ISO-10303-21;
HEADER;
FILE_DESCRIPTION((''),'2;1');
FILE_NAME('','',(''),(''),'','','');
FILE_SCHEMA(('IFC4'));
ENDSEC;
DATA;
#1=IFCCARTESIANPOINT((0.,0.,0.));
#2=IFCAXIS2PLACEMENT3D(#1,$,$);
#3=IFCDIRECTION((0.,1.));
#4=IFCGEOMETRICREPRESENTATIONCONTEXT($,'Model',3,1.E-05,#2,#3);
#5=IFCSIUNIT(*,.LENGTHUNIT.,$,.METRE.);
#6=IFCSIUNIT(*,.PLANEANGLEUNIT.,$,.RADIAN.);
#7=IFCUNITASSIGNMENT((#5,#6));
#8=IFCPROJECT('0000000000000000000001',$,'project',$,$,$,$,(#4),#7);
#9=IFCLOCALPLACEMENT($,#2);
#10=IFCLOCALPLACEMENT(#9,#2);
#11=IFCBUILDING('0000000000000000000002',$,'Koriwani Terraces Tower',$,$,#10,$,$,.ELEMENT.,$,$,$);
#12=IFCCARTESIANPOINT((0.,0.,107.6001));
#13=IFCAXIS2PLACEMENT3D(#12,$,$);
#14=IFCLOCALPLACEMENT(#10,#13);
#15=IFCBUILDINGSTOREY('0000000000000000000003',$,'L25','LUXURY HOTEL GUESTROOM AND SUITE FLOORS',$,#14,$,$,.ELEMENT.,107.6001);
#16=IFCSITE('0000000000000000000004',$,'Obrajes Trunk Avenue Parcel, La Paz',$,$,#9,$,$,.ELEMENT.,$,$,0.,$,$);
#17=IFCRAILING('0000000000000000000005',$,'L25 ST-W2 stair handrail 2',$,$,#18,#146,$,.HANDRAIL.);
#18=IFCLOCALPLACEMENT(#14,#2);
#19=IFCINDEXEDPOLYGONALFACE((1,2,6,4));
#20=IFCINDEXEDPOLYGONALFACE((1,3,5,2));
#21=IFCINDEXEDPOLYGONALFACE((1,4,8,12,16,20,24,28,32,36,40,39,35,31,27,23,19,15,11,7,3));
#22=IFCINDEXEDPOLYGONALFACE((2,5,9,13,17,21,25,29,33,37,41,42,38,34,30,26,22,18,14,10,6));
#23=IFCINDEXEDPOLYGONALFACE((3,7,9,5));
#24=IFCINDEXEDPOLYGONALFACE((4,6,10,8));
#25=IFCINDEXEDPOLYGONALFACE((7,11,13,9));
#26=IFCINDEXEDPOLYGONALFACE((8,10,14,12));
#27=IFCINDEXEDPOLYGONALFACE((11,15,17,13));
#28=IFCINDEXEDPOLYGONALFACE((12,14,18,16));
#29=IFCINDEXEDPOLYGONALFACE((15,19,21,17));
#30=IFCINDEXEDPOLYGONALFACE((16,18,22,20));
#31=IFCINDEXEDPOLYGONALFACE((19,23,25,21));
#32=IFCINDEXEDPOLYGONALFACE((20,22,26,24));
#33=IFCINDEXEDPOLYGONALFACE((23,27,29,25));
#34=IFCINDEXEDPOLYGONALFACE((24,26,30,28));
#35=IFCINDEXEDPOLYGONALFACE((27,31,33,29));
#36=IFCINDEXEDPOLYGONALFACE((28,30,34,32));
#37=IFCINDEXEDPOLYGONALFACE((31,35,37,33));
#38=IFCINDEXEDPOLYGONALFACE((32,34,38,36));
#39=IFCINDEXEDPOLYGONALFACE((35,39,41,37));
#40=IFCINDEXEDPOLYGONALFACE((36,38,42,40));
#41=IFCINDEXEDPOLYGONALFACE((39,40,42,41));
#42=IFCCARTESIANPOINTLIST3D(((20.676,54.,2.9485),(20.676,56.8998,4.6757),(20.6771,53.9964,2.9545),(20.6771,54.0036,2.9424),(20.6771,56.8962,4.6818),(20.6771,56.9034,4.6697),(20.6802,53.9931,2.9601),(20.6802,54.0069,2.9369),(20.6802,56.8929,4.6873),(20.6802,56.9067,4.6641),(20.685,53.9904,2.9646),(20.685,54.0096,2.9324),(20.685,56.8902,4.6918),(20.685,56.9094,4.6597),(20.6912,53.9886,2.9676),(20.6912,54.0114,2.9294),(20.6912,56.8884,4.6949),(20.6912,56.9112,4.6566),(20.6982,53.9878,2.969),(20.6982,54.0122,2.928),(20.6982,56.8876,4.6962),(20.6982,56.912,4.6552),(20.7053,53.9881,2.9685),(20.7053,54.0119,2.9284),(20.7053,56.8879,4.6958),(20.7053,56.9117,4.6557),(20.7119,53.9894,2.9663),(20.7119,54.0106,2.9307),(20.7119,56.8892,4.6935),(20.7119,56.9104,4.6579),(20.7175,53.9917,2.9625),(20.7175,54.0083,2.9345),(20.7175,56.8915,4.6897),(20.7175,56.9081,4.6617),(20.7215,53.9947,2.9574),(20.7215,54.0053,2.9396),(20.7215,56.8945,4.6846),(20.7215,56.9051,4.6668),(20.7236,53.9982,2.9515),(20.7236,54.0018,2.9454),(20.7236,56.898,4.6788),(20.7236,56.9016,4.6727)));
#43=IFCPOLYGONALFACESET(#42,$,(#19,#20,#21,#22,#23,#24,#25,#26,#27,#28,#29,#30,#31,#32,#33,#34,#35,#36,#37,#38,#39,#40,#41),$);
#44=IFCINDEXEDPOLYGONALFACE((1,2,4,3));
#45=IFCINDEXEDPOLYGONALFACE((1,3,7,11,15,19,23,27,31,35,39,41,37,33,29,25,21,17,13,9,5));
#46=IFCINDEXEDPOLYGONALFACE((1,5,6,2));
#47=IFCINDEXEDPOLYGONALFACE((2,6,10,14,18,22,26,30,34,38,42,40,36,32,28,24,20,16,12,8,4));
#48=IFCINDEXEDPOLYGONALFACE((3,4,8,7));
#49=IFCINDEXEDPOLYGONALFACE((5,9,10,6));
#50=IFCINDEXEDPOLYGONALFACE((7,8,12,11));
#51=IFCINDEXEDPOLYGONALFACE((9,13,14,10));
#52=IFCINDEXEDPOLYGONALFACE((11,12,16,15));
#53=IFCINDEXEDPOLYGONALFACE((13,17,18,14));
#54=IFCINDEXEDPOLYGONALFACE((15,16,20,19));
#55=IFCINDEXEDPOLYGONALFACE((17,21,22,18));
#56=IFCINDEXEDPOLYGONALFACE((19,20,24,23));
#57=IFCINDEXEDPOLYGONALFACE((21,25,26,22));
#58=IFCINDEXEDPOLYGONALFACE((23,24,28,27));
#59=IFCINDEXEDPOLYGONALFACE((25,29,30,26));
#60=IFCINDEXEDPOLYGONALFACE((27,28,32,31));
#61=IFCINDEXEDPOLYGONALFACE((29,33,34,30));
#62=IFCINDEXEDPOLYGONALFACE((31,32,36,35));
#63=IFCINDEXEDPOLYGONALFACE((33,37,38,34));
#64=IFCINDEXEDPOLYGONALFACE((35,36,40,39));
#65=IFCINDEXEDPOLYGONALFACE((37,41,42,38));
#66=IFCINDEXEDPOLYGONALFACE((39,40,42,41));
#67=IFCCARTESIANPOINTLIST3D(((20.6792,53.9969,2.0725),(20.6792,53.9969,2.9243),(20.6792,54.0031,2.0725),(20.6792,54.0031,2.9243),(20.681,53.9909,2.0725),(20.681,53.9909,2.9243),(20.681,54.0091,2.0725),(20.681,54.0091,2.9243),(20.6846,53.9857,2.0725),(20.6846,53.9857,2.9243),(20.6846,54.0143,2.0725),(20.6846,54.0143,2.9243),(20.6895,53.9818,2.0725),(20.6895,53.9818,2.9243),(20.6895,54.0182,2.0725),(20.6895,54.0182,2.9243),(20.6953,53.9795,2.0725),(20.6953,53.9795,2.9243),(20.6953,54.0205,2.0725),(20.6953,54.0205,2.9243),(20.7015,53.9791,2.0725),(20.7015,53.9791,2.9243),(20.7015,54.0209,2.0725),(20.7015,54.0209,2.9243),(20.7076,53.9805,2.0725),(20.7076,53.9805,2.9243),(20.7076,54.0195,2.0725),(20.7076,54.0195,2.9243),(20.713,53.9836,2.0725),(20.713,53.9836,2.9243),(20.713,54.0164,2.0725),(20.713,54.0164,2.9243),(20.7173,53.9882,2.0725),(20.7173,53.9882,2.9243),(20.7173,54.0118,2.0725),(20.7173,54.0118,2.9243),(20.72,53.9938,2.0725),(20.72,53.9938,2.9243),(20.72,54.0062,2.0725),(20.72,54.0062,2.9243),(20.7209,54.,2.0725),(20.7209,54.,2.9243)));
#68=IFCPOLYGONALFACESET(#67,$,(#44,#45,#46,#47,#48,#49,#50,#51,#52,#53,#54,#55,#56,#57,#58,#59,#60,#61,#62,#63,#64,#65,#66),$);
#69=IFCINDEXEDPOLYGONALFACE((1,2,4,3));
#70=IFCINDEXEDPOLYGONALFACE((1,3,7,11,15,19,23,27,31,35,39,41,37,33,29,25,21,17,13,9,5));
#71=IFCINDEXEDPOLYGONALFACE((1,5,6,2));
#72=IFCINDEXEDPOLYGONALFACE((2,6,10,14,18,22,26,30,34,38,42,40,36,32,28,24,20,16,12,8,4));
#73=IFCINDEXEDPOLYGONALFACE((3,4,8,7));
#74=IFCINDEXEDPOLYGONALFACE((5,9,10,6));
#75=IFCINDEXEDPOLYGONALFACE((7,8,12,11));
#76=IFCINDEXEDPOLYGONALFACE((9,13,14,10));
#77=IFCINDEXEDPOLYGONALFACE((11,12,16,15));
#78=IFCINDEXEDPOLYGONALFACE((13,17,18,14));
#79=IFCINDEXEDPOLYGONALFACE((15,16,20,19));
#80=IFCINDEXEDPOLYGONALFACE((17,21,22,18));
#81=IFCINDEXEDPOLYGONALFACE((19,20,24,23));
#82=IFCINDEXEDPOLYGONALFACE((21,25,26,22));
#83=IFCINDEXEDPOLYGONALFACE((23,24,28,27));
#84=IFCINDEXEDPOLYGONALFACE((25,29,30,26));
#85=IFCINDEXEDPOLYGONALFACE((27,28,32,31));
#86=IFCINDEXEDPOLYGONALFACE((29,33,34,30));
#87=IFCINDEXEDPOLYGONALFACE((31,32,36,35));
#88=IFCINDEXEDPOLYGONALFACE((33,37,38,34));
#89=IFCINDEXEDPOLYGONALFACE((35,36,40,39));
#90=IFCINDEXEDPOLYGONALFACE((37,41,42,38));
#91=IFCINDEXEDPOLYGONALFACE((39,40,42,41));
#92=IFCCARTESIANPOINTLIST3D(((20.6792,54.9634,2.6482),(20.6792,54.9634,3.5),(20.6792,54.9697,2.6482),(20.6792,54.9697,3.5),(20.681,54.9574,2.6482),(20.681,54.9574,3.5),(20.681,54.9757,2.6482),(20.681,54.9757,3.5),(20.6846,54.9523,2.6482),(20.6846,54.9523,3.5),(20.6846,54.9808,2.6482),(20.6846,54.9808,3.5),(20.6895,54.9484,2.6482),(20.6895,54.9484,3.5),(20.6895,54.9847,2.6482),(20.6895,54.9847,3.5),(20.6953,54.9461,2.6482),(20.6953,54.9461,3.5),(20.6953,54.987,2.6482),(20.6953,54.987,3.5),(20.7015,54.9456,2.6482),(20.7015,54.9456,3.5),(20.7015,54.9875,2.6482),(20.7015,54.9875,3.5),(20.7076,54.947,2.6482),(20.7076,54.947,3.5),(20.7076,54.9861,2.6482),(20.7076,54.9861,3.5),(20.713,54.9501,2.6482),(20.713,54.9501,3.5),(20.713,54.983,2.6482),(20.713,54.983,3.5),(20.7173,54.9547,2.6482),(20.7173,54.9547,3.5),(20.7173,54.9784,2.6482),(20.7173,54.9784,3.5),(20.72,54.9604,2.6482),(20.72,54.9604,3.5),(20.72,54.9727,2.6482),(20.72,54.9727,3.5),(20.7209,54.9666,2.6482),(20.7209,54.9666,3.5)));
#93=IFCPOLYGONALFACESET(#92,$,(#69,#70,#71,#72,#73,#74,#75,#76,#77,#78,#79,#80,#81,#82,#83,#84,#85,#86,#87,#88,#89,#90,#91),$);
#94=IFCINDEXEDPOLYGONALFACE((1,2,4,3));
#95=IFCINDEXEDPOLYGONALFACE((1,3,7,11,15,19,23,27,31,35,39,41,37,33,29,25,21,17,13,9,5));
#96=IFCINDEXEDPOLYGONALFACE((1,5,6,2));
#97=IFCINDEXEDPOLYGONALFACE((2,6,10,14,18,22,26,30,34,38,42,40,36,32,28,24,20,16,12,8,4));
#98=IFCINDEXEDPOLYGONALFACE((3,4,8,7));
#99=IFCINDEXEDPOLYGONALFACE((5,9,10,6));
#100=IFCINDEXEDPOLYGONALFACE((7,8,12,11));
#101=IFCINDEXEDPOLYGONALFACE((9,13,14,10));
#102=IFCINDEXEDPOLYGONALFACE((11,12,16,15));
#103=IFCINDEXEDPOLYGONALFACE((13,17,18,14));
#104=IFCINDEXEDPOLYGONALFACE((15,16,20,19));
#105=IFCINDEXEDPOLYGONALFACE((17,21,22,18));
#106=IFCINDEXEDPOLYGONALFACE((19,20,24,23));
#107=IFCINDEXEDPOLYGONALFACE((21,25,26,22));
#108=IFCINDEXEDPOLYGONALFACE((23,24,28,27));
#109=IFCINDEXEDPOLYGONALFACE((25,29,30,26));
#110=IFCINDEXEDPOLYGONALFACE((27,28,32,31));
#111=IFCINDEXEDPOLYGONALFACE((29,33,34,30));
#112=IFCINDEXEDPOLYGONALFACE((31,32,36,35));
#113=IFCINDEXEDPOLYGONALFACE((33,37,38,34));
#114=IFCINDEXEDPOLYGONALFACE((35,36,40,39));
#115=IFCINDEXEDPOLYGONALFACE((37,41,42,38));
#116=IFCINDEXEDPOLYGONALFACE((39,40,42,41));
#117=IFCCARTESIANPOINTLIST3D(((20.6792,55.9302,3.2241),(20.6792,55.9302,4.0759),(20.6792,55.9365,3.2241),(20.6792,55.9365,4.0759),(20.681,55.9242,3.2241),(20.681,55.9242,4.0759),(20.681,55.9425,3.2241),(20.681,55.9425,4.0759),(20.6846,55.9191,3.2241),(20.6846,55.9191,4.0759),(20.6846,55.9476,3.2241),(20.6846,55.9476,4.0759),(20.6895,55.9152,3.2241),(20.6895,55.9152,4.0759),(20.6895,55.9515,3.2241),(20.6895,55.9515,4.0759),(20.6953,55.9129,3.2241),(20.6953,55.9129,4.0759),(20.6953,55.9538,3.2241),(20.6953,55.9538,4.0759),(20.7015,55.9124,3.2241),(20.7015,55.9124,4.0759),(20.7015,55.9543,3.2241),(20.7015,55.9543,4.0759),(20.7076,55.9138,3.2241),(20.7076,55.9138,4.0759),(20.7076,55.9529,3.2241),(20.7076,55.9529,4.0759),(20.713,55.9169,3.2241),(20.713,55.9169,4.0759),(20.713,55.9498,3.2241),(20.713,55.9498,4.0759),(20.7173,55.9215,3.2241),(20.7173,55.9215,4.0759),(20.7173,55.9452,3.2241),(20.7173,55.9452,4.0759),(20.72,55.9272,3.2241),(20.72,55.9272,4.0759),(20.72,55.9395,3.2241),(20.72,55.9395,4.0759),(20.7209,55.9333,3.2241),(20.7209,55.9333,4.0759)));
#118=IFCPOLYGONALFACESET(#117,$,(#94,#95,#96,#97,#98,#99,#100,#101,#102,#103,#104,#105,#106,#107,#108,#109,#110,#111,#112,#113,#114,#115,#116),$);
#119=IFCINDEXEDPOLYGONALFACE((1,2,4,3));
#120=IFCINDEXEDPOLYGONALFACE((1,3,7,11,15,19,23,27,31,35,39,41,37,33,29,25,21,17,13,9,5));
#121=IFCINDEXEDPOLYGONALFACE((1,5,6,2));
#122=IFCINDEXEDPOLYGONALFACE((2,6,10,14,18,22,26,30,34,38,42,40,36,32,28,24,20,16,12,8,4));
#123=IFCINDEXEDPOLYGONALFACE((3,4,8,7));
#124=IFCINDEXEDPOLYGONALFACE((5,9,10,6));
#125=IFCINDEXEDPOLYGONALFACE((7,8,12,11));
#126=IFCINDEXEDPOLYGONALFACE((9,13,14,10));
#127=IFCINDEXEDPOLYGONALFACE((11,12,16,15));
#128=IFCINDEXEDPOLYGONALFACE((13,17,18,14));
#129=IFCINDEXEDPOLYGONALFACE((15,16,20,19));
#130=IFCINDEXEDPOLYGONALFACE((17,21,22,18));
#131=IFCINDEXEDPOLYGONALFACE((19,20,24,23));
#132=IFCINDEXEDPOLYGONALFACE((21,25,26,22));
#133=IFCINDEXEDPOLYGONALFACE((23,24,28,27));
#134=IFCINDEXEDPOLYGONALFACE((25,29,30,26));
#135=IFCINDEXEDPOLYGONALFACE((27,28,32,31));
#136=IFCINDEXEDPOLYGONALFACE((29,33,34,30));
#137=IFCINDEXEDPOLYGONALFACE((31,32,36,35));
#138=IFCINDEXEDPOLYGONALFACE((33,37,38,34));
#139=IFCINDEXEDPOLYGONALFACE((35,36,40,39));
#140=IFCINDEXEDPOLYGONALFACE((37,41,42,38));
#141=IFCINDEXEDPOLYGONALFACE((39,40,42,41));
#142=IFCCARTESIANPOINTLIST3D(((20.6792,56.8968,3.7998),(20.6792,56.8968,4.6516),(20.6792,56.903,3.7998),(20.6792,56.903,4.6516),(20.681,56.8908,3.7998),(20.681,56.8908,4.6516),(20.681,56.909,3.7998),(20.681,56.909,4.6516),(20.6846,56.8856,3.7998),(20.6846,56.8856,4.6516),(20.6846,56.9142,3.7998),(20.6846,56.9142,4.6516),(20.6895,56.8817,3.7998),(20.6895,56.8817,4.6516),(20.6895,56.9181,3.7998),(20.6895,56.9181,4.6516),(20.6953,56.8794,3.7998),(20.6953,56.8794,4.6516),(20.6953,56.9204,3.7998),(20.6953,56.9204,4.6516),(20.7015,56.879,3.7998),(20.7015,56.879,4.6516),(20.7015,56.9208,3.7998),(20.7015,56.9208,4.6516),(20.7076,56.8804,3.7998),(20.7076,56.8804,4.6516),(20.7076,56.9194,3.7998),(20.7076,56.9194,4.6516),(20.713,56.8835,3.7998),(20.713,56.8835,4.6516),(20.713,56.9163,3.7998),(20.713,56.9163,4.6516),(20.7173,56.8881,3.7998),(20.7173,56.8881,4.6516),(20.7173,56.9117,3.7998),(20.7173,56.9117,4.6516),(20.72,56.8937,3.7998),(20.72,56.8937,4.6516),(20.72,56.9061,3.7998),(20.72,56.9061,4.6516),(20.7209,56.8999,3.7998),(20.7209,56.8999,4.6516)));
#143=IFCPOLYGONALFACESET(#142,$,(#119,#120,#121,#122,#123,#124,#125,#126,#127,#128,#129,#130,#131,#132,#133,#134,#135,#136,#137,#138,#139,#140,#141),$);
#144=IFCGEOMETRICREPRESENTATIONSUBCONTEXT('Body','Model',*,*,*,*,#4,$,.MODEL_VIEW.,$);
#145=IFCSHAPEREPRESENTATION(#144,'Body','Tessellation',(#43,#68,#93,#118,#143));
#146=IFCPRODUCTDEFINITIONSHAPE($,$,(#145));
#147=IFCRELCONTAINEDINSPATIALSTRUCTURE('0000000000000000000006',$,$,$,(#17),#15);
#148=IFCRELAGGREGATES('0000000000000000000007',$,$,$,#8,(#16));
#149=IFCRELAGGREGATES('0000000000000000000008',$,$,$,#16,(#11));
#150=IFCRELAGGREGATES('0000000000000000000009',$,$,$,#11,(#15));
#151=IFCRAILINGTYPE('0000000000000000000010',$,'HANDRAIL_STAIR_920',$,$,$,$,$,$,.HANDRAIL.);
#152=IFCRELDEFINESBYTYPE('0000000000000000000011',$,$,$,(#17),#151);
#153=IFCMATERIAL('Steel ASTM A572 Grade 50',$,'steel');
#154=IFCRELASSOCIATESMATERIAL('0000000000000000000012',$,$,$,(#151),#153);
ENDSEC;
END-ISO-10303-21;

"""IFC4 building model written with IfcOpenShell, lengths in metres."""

from ifc_helpers import new_model, si_unit, direction, frame, origin, origin_2d, place, context, subcontext, project, spatial, circle, extrude, material, type_object, element, save


model = new_model("IFC4")

# Units and contexts
model_context = context("Model", 3, precision=1e-05, world=origin(), true_north=direction((0.0, 1.0)))
body_context = subcontext(model_context, "Body", "Model", "MODEL_VIEW")
ifc_project = project(units=[si_unit("LENGTHUNIT", "METRE"), si_unit("PLANEANGLEUNIT", "RADIAN")], contexts=[model_context])

# Site, building, storey
site_placement = place(None, origin())
site = spatial("IfcSite", under=ifc_project, at=site_placement, Name="Obrajes Trunk Avenue Parcel, La Paz", CompositionType="ELEMENT", RefElevation=0.0)
building_placement = place(site_placement, origin())
building = spatial("IfcBuilding", under=site, at=building_placement, Name="Koriwani Terraces Tower", CompositionType="ELEMENT")
storey_placement = place(building_placement, frame((0.0, 0.0, 107.6001)))
storey = spatial("IfcBuildingStorey", under=building, at=storey_placement, Name="L25", Description="LUXURY HOTEL GUESTROOM AND SUITE FLOORS", CompositionType="ELEMENT", Elevation=107.6001)

# Shared definitions
ifc_material_1 = material(Name="Steel ASTM A572 Grade 50", Category="steel")

# Railing
railing_type_1 = type_object("IfcRailingType", Name="HANDRAIL_STAIR_920", PredefinedType="HANDRAIL", material=ifc_material_1)
railing_1_placement = place(storey_placement, frame((20.7, 54.0, 2.0725)))
element("IfcRailing", 1, at=railing_1_placement, inside=storey, type_object=railing_type_1, Name="L25 ST-W2 stair handrail 2", PredefinedType="HANDRAIL", context=body_context, shape_type="SweptSolid", body=[
    extrude(circle(Radius=0.0239, at=origin_2d()), frame((0.0, 0.0, 0.876), z_axis=(0.0, 0.859141, 0.511738), x_axis=(-1.0, 0.0, 0.0)), (0.0, 0.0, 1.0), 3.3752),
    extrude(circle(Radius=0.021, at=origin_2d()), origin(), (0.0, 0.0, 1.0), 0.8518),
    extrude(circle(Radius=0.021, at=origin_2d()), frame((0.0, 0.9666, 0.5757)), (0.0, 0.0, 1.0), 0.8518),
    extrude(circle(Radius=0.021, at=origin_2d()), frame((0.0, 1.9333, 1.1516)), (0.0, 0.0, 1.0), 0.8518),
    extrude(circle(Radius=0.021, at=origin_2d()), frame((0.0, 2.8999, 1.7273)), (0.0, 0.0, 1.0), 0.8518),
])

save(model, "model.ifc")
